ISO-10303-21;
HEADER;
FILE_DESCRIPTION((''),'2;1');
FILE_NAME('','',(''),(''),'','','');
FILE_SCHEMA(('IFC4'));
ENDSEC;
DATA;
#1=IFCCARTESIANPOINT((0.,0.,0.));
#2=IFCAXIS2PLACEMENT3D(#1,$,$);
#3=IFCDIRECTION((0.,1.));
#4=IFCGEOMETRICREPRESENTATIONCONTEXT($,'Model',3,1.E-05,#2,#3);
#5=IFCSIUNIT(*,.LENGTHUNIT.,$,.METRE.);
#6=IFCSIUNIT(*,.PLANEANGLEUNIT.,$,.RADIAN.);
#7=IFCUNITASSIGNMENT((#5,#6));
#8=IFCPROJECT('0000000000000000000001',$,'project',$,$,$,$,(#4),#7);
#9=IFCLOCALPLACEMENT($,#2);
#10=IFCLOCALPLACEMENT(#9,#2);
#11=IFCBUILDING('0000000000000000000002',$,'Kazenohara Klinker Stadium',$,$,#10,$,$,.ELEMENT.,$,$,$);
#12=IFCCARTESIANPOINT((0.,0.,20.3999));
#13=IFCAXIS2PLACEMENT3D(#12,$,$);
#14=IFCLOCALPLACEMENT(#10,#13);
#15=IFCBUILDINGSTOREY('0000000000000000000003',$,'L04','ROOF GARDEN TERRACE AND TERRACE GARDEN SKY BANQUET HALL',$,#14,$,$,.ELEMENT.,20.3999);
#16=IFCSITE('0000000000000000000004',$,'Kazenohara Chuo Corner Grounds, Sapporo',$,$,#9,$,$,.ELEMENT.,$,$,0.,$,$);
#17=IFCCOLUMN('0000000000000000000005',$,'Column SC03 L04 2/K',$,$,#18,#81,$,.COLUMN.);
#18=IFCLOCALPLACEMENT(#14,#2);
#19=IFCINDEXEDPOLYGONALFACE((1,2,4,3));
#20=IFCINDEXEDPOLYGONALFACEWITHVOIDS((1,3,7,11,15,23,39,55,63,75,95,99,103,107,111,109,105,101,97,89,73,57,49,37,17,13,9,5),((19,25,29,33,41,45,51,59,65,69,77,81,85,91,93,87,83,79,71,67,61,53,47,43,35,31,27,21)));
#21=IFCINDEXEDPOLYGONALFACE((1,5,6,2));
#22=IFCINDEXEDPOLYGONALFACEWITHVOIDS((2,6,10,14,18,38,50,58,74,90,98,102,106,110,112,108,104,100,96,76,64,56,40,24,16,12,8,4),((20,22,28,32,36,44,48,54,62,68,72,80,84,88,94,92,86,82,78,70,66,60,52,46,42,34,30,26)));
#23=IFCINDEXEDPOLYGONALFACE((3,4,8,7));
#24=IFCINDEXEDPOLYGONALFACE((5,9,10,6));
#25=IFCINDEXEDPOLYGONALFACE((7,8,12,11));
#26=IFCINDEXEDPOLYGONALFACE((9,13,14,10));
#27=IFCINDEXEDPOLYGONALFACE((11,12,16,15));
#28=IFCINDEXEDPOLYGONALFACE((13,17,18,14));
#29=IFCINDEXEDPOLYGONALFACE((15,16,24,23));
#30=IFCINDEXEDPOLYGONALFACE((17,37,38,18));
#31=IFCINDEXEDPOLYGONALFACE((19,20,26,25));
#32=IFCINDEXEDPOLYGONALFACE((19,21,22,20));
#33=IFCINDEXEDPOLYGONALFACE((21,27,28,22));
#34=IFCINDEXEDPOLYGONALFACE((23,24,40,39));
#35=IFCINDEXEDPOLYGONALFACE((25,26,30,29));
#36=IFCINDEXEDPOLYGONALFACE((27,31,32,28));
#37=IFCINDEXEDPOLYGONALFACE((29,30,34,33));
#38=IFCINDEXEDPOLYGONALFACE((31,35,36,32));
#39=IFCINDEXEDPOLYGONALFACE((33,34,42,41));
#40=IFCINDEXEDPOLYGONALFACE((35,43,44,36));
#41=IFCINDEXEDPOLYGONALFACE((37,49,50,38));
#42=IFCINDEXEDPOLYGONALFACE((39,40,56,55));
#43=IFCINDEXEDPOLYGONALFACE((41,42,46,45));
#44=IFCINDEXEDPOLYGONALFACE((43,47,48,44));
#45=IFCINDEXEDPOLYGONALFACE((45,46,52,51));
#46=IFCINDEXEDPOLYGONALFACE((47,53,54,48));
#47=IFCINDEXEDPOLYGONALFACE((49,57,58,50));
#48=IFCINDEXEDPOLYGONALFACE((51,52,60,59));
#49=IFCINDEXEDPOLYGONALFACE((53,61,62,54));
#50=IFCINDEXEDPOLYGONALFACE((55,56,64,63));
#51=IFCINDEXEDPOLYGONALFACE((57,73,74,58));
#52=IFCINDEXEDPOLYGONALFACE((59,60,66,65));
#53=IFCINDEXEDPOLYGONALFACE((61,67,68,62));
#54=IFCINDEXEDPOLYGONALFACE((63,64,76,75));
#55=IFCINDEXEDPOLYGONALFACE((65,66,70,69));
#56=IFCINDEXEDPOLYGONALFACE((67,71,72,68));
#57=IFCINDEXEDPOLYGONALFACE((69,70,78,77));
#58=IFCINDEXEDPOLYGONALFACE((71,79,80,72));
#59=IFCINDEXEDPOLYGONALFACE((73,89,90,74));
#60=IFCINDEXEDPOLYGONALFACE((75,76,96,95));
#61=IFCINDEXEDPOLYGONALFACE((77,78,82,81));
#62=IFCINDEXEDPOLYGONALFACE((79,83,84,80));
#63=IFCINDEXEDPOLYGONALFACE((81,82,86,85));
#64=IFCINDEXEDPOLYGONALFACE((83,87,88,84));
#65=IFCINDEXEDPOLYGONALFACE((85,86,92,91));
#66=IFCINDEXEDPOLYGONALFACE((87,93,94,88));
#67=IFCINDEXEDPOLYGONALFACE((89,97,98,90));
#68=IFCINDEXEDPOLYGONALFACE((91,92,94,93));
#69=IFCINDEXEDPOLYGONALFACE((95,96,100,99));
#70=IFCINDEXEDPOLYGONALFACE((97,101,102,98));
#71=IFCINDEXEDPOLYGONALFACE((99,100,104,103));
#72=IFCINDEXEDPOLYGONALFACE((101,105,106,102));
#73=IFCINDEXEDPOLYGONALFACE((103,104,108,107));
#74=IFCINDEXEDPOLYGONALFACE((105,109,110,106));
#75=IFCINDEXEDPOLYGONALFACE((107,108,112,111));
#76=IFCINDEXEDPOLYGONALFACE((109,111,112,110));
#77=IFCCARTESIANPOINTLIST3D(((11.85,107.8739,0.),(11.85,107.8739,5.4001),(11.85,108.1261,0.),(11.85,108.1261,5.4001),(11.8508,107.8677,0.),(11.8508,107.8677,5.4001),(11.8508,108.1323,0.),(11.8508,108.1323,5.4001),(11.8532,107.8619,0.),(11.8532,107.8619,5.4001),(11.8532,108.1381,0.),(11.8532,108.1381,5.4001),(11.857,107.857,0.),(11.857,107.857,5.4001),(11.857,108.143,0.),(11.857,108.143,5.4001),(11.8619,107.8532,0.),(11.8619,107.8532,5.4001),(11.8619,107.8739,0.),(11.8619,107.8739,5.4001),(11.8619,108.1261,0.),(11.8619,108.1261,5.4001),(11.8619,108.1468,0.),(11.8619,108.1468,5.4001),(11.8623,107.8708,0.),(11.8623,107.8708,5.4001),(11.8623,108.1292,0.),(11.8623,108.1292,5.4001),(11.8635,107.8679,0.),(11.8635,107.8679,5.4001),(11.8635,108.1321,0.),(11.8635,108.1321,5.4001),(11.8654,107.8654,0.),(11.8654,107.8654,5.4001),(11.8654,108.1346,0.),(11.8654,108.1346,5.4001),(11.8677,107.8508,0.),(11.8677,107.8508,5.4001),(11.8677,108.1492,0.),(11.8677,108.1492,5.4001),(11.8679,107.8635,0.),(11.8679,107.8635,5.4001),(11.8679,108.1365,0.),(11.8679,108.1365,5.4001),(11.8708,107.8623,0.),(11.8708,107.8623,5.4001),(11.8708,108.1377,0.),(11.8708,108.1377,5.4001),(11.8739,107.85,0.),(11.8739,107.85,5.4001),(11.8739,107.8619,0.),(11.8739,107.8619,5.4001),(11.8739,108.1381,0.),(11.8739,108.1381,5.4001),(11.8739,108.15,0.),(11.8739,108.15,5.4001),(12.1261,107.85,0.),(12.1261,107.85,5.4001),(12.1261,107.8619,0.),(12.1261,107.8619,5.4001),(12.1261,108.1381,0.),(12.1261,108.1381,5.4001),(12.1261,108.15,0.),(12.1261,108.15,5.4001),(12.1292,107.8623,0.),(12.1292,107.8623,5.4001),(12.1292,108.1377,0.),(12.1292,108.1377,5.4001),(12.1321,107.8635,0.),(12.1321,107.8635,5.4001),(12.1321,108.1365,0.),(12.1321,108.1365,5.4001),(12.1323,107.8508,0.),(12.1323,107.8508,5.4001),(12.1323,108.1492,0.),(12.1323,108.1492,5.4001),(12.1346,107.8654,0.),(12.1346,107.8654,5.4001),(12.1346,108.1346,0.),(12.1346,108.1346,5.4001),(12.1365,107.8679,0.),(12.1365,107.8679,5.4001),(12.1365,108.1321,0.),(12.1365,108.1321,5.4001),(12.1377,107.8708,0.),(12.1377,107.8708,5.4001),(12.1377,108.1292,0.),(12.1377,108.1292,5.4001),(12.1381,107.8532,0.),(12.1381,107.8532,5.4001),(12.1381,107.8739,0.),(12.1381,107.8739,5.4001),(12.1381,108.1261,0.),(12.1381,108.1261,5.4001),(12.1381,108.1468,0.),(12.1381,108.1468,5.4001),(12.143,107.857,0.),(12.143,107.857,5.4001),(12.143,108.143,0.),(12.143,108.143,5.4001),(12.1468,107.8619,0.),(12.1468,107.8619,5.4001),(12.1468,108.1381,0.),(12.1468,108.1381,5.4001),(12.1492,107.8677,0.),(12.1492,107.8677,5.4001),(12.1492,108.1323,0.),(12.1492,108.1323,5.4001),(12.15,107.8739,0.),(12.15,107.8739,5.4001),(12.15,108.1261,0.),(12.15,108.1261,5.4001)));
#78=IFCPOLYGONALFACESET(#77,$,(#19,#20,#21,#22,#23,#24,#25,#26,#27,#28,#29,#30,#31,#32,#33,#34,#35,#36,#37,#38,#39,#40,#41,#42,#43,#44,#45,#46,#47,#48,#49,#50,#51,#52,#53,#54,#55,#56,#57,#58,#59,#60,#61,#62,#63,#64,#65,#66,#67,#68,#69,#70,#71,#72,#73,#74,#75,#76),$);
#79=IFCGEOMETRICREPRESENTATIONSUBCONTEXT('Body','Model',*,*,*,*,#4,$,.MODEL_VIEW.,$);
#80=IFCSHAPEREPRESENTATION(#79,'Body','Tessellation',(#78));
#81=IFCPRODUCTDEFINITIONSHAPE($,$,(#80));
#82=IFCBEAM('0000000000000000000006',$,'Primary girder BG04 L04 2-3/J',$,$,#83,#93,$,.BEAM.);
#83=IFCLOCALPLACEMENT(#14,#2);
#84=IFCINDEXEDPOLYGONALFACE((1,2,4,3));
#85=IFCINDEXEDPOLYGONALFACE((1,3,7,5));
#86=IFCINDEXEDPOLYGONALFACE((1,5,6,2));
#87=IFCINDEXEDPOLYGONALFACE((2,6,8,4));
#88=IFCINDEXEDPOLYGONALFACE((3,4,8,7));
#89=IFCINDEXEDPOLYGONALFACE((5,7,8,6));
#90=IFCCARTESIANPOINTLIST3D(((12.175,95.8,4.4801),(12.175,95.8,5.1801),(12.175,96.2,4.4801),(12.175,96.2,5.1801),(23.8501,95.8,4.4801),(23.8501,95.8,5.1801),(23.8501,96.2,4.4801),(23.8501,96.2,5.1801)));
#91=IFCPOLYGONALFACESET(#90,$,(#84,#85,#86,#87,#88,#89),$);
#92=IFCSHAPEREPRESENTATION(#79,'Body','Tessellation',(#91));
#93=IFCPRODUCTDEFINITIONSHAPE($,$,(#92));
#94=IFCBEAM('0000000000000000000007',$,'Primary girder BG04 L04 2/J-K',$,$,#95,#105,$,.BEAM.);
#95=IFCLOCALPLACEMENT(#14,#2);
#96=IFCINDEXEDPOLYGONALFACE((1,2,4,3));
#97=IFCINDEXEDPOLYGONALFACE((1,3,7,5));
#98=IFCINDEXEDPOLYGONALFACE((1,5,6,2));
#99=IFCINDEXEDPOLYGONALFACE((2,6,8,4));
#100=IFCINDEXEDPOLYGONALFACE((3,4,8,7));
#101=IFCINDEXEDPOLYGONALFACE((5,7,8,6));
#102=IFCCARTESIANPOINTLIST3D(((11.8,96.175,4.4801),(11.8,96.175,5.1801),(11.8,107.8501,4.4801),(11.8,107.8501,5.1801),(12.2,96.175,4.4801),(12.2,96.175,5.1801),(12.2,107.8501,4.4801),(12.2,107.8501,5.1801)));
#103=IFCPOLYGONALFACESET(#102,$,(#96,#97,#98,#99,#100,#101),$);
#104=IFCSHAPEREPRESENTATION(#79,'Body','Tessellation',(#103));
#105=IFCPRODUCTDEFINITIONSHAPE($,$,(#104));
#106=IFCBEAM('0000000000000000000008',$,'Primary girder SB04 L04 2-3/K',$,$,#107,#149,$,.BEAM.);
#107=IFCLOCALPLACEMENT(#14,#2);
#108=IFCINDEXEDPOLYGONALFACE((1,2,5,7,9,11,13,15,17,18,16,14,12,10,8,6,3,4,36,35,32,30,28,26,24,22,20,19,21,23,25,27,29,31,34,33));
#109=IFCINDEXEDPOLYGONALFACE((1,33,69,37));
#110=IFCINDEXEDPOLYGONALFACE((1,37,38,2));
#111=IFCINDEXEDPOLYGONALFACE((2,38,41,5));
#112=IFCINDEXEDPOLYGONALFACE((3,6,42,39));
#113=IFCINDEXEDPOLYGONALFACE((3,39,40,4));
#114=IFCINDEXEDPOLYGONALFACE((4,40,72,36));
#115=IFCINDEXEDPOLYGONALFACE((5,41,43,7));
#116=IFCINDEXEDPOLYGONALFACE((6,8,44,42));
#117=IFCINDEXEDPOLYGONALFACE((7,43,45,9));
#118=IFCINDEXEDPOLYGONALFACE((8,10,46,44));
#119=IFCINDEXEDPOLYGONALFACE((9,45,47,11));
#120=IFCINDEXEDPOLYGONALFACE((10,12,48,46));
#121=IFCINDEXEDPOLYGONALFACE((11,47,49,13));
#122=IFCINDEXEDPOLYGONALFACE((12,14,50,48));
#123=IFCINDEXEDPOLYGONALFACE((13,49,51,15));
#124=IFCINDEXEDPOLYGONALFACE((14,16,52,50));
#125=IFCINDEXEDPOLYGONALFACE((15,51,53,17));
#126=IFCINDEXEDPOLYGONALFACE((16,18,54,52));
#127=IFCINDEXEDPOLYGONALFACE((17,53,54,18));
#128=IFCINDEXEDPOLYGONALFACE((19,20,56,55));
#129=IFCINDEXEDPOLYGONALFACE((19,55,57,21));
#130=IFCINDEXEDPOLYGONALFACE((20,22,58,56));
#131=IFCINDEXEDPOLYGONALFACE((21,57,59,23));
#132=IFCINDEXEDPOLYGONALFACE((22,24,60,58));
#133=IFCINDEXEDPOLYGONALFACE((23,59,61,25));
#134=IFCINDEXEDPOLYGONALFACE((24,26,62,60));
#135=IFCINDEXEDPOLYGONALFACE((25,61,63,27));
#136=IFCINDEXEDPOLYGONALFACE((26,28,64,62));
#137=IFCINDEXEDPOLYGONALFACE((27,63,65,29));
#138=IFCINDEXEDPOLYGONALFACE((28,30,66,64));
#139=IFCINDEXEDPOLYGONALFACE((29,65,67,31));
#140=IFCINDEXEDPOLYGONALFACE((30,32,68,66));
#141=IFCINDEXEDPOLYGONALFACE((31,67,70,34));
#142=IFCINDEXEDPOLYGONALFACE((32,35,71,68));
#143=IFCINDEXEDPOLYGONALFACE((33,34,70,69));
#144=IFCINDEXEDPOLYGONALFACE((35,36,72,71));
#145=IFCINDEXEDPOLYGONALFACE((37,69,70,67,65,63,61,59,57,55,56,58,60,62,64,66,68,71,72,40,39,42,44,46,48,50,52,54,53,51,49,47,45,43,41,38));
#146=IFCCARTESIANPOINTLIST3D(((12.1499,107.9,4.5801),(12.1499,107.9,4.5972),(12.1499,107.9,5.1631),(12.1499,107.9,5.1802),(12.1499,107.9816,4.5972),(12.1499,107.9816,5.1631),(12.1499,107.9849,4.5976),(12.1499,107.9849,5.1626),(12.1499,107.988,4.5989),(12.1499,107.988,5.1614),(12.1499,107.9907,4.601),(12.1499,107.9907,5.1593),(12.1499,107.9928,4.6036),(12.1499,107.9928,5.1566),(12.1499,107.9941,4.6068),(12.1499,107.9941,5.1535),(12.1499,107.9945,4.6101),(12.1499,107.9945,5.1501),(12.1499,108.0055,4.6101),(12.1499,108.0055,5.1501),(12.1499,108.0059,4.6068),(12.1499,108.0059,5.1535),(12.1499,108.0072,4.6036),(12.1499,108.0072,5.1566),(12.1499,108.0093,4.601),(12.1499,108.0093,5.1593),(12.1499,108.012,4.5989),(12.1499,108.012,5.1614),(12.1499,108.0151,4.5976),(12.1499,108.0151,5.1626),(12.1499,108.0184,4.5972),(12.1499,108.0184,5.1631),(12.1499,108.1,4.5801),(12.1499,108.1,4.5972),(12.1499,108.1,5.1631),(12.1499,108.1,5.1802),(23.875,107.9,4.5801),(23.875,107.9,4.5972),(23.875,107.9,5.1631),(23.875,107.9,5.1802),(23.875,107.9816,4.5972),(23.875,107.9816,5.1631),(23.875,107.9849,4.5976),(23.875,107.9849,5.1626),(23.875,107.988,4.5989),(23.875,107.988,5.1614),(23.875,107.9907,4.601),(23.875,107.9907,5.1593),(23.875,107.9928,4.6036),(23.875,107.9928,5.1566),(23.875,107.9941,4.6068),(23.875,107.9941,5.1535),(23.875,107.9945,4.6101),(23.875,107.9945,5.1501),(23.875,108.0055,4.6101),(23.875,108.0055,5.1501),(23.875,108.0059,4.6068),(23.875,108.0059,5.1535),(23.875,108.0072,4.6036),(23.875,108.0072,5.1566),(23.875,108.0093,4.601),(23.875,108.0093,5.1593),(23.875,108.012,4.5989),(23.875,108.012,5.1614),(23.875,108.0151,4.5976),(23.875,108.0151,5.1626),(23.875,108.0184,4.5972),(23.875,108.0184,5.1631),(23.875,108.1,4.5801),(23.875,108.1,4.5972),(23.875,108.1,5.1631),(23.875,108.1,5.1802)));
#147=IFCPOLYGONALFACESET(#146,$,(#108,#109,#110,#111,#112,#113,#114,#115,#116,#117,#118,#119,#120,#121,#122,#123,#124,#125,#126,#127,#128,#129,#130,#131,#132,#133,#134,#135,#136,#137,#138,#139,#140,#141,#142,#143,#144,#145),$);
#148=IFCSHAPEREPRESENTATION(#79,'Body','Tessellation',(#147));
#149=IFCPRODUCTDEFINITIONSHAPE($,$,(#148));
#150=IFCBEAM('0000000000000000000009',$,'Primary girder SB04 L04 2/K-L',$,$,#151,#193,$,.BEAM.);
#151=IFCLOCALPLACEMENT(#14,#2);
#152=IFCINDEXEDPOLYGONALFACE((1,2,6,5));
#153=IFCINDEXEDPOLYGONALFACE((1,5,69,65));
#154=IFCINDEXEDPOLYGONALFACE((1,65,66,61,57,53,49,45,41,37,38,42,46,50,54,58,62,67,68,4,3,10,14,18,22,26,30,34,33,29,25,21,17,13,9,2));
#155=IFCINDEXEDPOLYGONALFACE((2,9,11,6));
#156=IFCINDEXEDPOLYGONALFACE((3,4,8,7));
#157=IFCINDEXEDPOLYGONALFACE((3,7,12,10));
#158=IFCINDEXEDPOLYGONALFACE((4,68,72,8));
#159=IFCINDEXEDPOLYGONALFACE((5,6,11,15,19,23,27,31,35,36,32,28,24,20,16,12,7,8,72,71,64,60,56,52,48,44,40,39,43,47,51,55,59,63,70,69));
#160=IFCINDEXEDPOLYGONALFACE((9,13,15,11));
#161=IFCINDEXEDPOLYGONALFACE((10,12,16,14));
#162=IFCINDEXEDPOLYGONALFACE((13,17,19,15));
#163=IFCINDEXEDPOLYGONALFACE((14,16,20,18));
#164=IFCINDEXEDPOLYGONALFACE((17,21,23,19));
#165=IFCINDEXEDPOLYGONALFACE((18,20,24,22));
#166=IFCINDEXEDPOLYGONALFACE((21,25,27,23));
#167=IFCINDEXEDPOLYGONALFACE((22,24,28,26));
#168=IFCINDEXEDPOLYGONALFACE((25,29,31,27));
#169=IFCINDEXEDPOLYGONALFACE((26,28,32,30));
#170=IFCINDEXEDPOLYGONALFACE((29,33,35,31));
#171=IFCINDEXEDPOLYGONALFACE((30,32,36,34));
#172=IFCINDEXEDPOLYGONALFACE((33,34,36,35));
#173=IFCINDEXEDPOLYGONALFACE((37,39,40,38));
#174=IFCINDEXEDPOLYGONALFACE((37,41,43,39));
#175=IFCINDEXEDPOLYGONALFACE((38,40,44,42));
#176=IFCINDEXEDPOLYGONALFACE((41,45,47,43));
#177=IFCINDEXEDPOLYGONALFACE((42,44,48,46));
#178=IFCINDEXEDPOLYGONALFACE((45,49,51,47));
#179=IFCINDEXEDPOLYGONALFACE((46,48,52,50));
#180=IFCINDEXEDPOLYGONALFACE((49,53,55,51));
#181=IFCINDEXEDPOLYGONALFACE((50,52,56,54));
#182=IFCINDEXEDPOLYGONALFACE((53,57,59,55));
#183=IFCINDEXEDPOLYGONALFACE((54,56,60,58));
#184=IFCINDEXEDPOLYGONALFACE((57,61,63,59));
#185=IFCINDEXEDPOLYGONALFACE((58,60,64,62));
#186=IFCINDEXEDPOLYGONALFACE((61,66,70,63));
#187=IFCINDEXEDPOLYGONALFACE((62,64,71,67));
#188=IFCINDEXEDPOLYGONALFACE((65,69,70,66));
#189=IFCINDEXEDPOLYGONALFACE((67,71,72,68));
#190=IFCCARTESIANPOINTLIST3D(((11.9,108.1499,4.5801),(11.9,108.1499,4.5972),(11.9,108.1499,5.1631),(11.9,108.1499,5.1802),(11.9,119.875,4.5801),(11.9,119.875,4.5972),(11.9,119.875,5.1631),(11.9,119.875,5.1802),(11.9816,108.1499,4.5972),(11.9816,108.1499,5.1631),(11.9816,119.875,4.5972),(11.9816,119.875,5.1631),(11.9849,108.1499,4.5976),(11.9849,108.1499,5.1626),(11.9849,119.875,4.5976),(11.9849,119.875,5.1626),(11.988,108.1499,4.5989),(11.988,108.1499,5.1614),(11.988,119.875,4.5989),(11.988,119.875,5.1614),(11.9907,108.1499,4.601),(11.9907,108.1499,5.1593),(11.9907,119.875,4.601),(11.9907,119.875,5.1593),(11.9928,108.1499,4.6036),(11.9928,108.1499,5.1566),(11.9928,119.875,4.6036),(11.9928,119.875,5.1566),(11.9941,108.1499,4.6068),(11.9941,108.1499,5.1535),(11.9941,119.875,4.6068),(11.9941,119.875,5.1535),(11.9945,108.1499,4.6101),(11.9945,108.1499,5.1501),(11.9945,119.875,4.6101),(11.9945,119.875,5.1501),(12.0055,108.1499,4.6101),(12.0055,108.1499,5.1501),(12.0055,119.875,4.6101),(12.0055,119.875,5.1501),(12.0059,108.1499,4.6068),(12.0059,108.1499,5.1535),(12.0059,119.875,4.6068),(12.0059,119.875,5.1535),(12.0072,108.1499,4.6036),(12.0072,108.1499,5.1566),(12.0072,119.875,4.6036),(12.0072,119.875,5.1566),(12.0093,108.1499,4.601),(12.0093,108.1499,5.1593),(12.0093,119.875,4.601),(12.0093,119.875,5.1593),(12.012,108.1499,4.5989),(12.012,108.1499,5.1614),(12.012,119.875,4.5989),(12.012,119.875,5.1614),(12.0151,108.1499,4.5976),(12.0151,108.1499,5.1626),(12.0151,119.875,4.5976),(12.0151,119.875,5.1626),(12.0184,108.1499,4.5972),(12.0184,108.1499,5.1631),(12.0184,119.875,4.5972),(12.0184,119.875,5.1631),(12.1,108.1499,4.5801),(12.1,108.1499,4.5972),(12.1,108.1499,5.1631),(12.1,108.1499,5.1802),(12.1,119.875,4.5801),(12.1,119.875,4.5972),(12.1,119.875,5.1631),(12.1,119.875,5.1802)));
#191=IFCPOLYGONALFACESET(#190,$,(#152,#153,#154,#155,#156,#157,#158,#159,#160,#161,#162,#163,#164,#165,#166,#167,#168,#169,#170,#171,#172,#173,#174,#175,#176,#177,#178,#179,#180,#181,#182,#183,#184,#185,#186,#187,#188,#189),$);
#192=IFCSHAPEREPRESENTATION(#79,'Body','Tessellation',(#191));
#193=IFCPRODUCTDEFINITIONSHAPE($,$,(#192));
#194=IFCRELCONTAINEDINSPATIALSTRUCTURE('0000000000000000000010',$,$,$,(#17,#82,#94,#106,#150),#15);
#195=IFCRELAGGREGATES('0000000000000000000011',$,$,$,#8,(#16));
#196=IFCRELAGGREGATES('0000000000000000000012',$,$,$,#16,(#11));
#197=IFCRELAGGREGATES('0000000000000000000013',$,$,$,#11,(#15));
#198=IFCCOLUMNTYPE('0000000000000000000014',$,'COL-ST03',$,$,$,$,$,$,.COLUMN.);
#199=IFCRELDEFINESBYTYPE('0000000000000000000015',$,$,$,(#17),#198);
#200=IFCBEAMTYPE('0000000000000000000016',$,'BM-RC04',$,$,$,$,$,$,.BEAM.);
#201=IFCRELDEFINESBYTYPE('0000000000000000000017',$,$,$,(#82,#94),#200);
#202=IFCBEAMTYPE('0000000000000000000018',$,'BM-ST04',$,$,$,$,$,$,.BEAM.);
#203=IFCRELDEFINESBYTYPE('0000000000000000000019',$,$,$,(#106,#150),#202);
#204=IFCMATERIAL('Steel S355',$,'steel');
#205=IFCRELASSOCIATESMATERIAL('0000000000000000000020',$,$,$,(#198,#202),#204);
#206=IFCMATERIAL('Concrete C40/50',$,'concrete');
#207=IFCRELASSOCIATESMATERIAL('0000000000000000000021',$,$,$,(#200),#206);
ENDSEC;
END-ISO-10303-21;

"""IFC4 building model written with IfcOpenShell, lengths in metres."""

from ifc_helpers import new_model, si_unit, direction, frame, origin, origin_2d, place, context, subcontext, project, spatial, rectangle, hollow_rectangle, i_section, extrude, material, material_profile, profile_set, type_object, element, save


model = new_model("IFC4")

# Units and contexts
model_context = context("Model", 3, precision=1e-05, world=origin(), true_north=direction((0.0, 1.0)))
body_context = subcontext(model_context, "Body", "Model", "MODEL_VIEW")
ifc_project = project(units=[si_unit("LENGTHUNIT", "METRE"), si_unit("PLANEANGLEUNIT", "RADIAN")], contexts=[model_context])

# Site, building, storey
site_placement = place(None, origin())
site = spatial("IfcSite", under=ifc_project, at=site_placement, Name="Kazenohara Chuo Corner Grounds, Sapporo", CompositionType="ELEMENT", RefElevation=0.0)
building_placement = place(site_placement, origin())
building = spatial("IfcBuilding", under=site, at=building_placement, Name="Kazenohara Klinker Stadium", CompositionType="ELEMENT")
storey_placement = place(building_placement, frame((0.0, 0.0, 20.3999)))
storey = spatial("IfcBuildingStorey", under=building, at=storey_placement, Name="L04", Description="ROOF GARDEN TERRACE AND TERRACE GARDEN SKY BANQUET HALL", CompositionType="ELEMENT", Elevation=20.3999)

# Column
ifc_material_1 = material(Name="Steel S355", Category="steel")
ifc_material_profile_1 = material_profile(ifc_material_1, hollow_rectangle(XDim=0.3, YDim=0.3, WallThickness=0.012, InnerFilletRadius=0.012, OuterFilletRadius=0.0239, at=origin_2d()), Name="SHS-300x300x12")
ifc_profile_set_1 = profile_set([ifc_material_profile_1], Name="Steel S355")
column_type = type_object("IfcColumnType", Name="COL-ST03", PredefinedType="COLUMN", material=ifc_profile_set_1)
column_placement = place(storey_placement, frame((12.0, 108.0, 0.0), z_axis=(0.0, 0.0, 1.0), x_axis=(1.0, 0.0, 0.0)))
element("IfcColumn", 1, at=column_placement, inside=storey, type_object=column_type, Name="Column SC03 L04 2/K", PredefinedType="COLUMN", context=body_context, shape_type="SweptSolid", body=[
    extrude(hollow_rectangle(XDim=0.3, YDim=0.3, WallThickness=0.012, InnerFilletRadius=0.012, OuterFilletRadius=0.0239, at=origin_2d()), origin(), (0.0, 0.0, 1.0), 5.4001),
])

# Beams
ifc_material_2 = material(Name="Concrete C40/50", Category="concrete")
ifc_material_profile_2 = material_profile(ifc_material_2, rectangle(XDim=0.3999, YDim=0.7, at=origin_2d()), Name="RC-BM-400x700")
ifc_profile_set_2 = profile_set([ifc_material_profile_2], Name="Concrete C40/50")
beam_type_1 = type_object("IfcBeamType", Name="BM-RC04", PredefinedType="BEAM", material=ifc_profile_set_2)
for number, where, z_axis, x_axis, name in (
    (2, (12.175, 96.0, 4.8301), (1.0, 0.0, 0.0), (0.0, 1.0, 0.0), "Primary girder BG04 L04 2-3/J"),
    (3, (12.0, 96.175, 4.8301), (0.0, 1.0, 0.0), (-1.0, 0.0, 0.0), "Primary girder BG04 L04 2/J-K"),
):
    element("IfcBeam", number, at=place(storey_placement, frame(where, z_axis=z_axis, x_axis=x_axis)), inside=storey, type_object=beam_type_1, Name=name, PredefinedType="BEAM", context=body_context, shape_type="SweptSolid", body=[
        extrude(rectangle(XDim=0.3999, YDim=0.7, at=origin_2d()), origin(), (0.0, 0.0, 1.0), 11.675),
    ])
ifc_material_profile_3 = material_profile(ifc_material_1, i_section(OverallWidth=0.2, OverallDepth=0.6001, WebThickness=0.011, FlangeThickness=0.0171, FilletRadius=0.0129, at=origin_2d()), Name="H-600x200x11x17")
ifc_profile_set_3 = profile_set([ifc_material_profile_3], Name="Steel S355")
beam_type_2 = type_object("IfcBeamType", Name="BM-ST04", PredefinedType="BEAM", material=ifc_profile_set_3)
for number, where, z_axis, x_axis, name in (
    (4, (12.1499, 108.0, 4.8801), (1.0, 0.0, 0.0), (0.0, 1.0, 0.0), "Primary girder SB04 L04 2-3/K"),
    (5, (12.0, 108.1499, 4.8801), (0.0, 1.0, 0.0), (-1.0, 0.0, 0.0), "Primary girder SB04 L04 2/K-L"),
):
    element("IfcBeam", number, at=place(storey_placement, frame(where, z_axis=z_axis, x_axis=x_axis)), inside=storey, type_object=beam_type_2, Name=name, PredefinedType="BEAM", context=body_context, shape_type="SweptSolid", body=[
        extrude(i_section(OverallWidth=0.2, OverallDepth=0.6001, WebThickness=0.011, FlangeThickness=0.0171, FilletRadius=0.0129, at=origin_2d()), origin(), (0.0, 0.0, 1.0), 11.7251),
    ])

save(model, "model.ifc")
